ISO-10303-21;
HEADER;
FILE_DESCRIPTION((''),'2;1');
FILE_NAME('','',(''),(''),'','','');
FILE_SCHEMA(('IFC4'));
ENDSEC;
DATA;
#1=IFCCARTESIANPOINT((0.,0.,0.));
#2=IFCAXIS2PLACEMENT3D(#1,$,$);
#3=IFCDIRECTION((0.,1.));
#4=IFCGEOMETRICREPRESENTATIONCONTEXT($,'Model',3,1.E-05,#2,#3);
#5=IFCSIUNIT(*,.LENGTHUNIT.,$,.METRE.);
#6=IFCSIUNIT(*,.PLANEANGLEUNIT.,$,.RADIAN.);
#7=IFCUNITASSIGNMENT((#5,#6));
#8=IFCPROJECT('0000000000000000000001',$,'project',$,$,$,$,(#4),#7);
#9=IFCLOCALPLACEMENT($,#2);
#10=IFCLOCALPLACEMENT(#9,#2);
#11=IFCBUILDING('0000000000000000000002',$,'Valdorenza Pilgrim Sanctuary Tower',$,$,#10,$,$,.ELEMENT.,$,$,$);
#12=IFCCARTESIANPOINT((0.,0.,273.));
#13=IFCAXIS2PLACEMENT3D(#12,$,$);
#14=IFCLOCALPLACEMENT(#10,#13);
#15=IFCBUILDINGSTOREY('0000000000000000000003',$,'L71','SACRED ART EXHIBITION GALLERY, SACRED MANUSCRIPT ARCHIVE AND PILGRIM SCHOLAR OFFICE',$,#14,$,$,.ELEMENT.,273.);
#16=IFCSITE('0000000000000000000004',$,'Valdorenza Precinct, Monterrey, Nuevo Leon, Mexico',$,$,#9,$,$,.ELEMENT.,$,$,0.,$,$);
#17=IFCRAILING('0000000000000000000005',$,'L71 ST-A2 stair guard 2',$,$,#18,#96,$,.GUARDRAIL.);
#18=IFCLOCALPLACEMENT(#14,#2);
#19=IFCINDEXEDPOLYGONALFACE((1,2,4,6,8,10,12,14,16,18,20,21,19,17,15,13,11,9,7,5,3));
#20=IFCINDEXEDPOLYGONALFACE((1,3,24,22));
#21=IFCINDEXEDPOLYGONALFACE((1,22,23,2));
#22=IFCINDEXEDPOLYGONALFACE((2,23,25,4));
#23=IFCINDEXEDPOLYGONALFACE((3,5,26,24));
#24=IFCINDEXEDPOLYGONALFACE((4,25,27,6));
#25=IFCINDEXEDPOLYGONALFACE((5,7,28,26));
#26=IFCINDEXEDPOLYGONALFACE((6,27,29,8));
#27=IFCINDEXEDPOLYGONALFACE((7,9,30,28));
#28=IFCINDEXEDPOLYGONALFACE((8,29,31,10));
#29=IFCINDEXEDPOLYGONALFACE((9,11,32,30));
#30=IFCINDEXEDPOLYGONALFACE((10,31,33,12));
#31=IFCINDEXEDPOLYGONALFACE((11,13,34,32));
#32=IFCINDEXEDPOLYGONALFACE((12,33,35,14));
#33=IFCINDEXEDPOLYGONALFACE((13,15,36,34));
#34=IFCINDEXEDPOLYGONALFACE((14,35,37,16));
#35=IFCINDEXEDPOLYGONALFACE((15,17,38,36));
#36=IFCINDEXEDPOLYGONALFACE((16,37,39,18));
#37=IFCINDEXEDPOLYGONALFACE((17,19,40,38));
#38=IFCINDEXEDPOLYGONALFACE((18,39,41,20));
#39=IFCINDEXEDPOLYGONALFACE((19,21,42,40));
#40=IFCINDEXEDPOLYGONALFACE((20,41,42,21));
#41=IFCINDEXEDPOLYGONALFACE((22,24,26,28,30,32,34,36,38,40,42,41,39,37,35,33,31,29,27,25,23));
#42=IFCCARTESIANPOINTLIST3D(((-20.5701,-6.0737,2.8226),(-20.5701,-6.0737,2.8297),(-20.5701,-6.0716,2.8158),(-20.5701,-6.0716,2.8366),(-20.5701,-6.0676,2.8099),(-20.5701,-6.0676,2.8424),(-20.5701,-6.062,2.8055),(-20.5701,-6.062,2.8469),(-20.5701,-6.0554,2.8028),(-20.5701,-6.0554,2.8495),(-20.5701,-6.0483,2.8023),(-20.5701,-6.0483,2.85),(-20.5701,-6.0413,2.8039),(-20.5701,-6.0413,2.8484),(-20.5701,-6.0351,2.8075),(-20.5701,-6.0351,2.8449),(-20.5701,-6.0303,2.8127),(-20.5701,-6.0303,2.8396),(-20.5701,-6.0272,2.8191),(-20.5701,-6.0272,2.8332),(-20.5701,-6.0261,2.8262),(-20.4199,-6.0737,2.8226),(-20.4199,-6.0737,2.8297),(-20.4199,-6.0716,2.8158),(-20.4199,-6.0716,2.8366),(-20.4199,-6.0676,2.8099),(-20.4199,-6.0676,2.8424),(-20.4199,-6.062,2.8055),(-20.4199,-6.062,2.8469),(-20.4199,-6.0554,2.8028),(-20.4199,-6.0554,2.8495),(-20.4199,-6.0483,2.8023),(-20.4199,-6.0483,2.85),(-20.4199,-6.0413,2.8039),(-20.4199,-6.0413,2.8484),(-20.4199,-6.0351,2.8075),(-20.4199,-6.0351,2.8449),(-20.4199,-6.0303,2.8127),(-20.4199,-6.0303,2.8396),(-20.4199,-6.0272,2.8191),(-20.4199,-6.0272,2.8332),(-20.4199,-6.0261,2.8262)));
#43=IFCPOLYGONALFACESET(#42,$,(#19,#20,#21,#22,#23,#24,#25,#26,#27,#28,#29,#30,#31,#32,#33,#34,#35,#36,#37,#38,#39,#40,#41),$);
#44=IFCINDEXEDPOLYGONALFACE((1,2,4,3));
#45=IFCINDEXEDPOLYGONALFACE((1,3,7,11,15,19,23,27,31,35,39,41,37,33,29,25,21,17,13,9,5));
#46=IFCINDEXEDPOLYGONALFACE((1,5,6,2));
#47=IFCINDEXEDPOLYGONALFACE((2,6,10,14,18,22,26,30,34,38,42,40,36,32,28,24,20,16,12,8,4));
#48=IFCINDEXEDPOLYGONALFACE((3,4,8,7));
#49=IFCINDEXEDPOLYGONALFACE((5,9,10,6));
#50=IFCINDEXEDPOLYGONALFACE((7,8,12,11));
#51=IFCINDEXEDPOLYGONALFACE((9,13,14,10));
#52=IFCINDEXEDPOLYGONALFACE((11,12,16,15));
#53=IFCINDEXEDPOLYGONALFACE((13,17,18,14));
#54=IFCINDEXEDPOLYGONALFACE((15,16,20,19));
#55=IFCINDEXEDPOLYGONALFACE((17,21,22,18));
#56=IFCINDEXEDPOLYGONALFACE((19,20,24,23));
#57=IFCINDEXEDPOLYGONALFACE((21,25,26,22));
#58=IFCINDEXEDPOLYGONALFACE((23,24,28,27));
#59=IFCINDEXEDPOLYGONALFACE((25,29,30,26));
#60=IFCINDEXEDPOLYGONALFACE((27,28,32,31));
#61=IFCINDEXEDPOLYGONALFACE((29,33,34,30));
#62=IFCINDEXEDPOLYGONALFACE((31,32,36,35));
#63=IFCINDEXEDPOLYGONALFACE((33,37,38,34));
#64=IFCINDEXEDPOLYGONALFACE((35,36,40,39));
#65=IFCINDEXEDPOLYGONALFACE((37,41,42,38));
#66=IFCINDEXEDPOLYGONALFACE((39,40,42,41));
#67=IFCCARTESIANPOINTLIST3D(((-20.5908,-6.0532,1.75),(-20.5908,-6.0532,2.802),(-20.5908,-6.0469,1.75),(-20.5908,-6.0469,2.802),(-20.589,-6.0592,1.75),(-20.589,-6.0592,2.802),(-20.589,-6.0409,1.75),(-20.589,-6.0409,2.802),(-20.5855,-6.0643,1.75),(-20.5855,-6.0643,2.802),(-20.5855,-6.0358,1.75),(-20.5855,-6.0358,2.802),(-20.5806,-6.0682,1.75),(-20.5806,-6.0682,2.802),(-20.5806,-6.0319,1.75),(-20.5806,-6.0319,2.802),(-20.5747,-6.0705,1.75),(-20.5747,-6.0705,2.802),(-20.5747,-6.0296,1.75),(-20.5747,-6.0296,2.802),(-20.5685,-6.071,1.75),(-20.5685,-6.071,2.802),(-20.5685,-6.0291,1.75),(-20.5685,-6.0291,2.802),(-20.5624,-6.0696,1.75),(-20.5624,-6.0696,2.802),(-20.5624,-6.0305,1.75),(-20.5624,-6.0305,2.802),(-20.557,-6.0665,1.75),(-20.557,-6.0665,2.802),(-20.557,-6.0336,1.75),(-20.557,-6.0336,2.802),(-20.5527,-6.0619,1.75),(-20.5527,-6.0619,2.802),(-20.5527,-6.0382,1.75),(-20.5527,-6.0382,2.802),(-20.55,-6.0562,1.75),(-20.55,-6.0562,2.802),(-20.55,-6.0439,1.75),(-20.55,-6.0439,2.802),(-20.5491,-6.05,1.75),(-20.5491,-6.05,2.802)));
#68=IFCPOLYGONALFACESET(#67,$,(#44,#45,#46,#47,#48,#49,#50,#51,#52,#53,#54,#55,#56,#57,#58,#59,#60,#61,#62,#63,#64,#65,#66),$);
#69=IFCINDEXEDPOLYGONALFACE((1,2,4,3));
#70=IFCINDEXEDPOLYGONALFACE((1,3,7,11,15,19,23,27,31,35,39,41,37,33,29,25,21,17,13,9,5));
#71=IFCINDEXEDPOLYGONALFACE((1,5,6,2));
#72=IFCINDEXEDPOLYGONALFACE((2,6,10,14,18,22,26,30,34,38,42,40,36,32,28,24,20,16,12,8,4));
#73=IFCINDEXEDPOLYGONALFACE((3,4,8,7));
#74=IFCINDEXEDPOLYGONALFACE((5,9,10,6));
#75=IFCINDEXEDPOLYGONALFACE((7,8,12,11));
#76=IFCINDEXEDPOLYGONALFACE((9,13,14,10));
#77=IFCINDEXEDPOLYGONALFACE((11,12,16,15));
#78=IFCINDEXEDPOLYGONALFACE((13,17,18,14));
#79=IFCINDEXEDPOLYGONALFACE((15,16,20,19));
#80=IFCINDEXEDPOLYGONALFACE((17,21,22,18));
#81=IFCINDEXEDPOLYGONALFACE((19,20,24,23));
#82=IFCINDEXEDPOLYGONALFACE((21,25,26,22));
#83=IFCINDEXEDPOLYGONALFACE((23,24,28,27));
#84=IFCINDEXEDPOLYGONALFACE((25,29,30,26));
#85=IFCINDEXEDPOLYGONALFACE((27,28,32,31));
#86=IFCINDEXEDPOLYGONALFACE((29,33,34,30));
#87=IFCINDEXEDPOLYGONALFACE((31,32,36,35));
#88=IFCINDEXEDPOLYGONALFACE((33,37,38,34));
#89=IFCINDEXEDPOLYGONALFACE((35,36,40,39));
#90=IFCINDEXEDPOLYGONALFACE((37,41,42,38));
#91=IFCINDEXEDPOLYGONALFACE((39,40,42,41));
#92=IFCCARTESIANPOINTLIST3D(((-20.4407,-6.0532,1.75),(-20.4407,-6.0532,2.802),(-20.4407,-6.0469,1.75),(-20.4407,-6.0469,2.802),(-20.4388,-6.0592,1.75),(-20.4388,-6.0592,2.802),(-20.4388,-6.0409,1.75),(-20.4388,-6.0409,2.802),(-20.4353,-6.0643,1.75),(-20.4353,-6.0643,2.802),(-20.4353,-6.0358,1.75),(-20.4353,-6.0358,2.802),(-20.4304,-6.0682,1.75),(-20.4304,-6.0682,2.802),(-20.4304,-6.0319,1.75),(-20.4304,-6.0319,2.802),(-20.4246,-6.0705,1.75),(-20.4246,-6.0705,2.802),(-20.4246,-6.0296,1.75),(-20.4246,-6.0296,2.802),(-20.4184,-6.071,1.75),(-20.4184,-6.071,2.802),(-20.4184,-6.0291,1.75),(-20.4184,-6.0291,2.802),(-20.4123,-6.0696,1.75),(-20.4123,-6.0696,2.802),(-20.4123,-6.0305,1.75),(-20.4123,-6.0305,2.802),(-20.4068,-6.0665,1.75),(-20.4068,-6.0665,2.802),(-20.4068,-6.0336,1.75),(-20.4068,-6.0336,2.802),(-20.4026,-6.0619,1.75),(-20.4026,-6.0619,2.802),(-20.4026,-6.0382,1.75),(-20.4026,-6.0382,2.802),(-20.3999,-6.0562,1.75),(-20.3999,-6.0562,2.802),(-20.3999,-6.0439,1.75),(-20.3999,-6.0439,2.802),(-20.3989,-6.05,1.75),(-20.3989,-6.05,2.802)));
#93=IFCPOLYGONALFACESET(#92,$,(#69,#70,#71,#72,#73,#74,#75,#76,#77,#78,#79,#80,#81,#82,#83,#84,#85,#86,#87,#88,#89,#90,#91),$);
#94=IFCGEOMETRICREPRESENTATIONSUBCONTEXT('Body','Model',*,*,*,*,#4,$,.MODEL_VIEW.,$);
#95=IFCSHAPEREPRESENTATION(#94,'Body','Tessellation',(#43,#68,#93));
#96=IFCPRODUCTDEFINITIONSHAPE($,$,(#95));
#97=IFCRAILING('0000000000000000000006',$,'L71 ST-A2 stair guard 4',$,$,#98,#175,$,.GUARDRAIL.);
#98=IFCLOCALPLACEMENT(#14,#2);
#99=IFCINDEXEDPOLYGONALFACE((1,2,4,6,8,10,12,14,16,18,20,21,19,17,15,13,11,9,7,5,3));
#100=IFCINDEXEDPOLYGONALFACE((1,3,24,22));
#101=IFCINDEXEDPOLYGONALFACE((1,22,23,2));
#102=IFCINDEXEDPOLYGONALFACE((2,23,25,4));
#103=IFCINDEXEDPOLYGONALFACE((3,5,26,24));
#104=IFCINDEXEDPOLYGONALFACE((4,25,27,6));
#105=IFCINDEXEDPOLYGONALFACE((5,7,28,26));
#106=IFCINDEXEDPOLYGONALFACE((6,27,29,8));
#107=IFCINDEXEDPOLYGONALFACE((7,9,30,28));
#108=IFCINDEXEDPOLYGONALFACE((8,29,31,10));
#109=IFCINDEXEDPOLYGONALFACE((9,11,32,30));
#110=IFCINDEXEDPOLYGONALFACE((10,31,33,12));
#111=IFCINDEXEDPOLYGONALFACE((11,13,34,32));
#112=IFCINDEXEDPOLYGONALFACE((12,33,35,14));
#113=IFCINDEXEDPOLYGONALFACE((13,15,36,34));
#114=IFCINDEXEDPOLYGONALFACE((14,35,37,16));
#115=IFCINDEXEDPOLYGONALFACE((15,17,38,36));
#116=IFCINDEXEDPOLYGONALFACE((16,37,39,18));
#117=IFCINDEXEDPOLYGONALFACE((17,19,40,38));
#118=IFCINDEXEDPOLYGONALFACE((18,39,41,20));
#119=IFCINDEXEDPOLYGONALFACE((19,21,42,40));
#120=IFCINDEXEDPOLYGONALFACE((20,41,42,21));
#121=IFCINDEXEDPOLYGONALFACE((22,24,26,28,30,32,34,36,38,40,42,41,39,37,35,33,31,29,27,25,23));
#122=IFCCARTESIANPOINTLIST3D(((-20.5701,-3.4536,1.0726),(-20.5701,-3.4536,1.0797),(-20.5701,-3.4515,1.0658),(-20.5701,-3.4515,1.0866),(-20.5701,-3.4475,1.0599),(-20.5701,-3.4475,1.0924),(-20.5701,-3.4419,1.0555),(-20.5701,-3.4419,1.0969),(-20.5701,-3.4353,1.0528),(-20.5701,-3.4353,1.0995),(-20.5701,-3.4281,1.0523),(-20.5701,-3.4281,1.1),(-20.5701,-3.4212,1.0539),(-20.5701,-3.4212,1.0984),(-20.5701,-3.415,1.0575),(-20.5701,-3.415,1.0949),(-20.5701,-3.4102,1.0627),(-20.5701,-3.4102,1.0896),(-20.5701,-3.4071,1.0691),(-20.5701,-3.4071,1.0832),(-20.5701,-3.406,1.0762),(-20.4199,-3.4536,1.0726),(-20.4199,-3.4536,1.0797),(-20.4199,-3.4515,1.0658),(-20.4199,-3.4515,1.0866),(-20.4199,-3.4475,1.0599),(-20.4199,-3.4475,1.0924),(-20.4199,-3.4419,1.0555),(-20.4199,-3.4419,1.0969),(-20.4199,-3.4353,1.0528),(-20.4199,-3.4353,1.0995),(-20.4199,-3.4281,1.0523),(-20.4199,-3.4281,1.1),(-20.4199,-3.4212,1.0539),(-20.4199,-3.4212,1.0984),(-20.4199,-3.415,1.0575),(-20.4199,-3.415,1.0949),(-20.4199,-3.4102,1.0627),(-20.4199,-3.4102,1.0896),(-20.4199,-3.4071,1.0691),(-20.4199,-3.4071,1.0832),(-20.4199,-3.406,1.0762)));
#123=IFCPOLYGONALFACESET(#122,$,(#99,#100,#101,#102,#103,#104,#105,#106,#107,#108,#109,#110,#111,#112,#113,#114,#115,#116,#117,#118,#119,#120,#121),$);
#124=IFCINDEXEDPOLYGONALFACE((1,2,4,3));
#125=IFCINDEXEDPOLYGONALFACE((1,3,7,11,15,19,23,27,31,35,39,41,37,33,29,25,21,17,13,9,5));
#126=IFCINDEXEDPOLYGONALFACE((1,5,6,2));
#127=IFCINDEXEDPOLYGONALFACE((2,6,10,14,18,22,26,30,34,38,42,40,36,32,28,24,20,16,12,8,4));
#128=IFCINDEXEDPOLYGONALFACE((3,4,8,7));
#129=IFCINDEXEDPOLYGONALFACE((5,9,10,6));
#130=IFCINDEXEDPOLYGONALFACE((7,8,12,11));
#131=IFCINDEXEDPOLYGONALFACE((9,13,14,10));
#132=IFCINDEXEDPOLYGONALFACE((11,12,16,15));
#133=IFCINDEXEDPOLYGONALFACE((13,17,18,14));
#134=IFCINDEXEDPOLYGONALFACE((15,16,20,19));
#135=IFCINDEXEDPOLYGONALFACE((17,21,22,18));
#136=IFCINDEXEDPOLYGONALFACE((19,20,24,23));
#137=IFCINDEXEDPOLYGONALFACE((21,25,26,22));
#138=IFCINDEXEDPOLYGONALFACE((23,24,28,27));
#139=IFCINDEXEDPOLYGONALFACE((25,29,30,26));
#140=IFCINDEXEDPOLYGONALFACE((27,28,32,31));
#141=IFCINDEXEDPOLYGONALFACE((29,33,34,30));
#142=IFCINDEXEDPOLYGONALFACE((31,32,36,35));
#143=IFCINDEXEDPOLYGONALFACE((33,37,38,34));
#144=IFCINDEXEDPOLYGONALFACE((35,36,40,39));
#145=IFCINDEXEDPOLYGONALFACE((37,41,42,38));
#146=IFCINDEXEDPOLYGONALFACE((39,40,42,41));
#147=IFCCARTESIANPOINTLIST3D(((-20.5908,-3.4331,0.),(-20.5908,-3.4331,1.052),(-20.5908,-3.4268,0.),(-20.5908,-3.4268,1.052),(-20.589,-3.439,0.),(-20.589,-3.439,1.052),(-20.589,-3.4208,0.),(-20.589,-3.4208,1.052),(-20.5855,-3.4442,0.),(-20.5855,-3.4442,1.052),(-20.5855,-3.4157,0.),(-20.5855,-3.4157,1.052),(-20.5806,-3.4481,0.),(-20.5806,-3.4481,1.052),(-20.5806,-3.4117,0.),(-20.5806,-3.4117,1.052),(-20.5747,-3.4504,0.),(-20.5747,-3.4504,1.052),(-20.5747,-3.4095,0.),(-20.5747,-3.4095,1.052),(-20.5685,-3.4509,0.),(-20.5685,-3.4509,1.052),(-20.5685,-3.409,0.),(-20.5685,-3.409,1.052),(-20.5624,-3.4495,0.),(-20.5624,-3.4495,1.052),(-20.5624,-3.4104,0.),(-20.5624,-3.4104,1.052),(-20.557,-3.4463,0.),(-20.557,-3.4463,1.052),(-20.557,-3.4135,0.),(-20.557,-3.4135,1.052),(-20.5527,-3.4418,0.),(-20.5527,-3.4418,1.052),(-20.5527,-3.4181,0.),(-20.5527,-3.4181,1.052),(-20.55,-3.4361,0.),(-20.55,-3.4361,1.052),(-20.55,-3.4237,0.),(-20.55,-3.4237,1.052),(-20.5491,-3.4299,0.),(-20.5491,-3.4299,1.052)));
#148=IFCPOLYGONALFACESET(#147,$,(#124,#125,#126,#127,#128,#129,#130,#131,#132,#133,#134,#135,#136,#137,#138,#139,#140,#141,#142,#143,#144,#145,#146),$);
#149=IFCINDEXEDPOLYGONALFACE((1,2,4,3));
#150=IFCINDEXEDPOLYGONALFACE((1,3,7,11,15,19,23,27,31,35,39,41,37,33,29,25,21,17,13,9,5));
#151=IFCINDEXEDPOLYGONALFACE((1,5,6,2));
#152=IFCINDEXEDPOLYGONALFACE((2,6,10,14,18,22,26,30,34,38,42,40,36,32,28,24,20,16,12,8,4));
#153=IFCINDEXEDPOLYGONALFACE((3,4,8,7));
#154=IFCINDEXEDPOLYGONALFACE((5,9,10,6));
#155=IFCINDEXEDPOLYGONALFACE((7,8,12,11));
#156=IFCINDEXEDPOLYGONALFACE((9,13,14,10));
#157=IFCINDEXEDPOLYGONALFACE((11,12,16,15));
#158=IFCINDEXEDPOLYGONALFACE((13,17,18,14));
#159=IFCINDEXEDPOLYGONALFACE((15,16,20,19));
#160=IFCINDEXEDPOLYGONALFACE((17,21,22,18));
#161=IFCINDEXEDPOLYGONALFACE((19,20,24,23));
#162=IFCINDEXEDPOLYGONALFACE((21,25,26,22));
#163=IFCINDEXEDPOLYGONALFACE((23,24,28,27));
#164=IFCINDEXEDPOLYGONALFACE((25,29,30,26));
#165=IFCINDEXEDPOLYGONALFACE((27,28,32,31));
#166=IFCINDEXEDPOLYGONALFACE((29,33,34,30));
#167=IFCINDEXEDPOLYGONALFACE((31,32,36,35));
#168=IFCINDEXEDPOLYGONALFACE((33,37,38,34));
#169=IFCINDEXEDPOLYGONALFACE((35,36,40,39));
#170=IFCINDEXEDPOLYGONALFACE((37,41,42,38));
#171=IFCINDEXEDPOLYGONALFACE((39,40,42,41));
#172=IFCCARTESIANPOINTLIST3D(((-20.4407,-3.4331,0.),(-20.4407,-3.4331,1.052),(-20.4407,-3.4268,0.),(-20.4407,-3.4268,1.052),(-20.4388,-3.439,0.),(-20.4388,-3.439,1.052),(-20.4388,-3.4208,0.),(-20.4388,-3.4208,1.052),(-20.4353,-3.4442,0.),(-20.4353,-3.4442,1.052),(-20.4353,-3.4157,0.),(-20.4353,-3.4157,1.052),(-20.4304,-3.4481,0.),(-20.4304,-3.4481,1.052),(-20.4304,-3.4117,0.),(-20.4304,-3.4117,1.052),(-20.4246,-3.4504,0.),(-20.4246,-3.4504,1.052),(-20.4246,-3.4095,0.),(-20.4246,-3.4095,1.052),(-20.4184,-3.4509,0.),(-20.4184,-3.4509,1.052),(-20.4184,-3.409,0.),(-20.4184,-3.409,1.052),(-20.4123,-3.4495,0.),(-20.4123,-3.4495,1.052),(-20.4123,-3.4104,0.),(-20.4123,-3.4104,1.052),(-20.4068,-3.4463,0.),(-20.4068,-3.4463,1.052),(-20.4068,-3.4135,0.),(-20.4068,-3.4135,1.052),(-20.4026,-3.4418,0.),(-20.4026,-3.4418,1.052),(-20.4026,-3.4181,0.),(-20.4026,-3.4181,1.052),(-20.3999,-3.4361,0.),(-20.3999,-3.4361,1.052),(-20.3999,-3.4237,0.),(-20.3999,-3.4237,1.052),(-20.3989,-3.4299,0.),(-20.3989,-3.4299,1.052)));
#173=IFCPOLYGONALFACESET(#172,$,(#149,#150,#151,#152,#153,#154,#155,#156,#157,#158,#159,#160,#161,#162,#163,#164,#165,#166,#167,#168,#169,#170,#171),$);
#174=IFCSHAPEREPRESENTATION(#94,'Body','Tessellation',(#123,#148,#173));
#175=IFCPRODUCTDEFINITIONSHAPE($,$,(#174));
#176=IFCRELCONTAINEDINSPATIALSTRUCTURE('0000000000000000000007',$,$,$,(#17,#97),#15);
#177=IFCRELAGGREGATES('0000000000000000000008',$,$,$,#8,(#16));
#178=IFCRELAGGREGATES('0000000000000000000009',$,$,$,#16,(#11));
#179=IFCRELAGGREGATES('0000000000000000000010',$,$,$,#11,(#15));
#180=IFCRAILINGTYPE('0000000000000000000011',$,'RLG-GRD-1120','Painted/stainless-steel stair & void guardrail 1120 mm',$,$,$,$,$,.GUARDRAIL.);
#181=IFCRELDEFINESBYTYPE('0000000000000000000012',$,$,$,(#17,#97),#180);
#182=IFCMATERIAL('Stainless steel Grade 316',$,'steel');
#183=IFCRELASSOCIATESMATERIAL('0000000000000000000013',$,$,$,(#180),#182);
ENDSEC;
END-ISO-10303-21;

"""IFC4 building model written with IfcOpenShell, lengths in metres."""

from ifc_helpers import new_model, si_unit, direction, frame, origin, origin_2d, place, context, subcontext, project, spatial, circle, extrude, material, type_object, element, save


model = new_model("IFC4")

# Units and contexts
model_context = context("Model", 3, precision=1e-05, world=origin(), true_north=direction((0.0, 1.0)))
body_context = subcontext(model_context, "Body", "Model", "MODEL_VIEW")
ifc_project = project(units=[si_unit("LENGTHUNIT", "METRE"), si_unit("PLANEANGLEUNIT", "RADIAN")], contexts=[model_context])

# Site, building, storey
site_placement = place(None, origin())
site = spatial("IfcSite", under=ifc_project, at=site_placement, Name="Valdorenza Precinct, Monterrey, Nuevo Leon, Mexico", CompositionType="ELEMENT", RefElevation=0.0)
building_placement = place(site_placement, origin())
building = spatial("IfcBuilding", under=site, at=building_placement, Name="Valdorenza Pilgrim Sanctuary Tower", CompositionType="ELEMENT")
storey_placement = place(building_placement, frame((0.0, 0.0, 273.0)))
storey = spatial("IfcBuildingStorey", under=building, at=storey_placement, Name="L71", Description="SACRED ART EXHIBITION GALLERY, SACRED MANUSCRIPT ARCHIVE AND PILGRIM SCHOLAR OFFICE", CompositionType="ELEMENT", Elevation=273.0)

# Railings
ifc_material_1 = material(Name="Stainless steel Grade 316", Category="steel")
railing_type_1 = type_object("IfcRailingType", Name="RLG-GRD-1120", Description="Painted/stainless-steel stair & void guardrail 1120 mm", PredefinedType="GUARDRAIL", material=ifc_material_1)
for number, where, name in (
    (1, (-20.5701, -6.05, 1.75), "L71 ST-A2 stair guard 2"),
    (2, (-20.5701, -3.4299, 0.0), "L71 ST-A2 stair guard 4"),
):
    element("IfcRailing", number, at=place(storey_placement, frame(where)), inside=storey, type_object=railing_type_1, Name=name, PredefinedType="GUARDRAIL", context=body_context, shape_type="SweptSolid", body=[
        extrude(circle(Radius=0.0239, at=origin_2d()), frame((0.0, 0.0, 1.0762), z_axis=(1.0, 0.0, 0.0), x_axis=(0.0, 1.0, 0.0)), (0.0, 0.0, 1.0), 0.1501),
        extrude(circle(Radius=0.021, at=origin_2d()), origin(), (0.0, 0.0, 1.0), 1.052),
        extrude(circle(Radius=0.021, at=origin_2d()), frame((0.1501, 0.0, 0.0)), (0.0, 0.0, 1.0), 1.052),
    ])

save(model, "model.ifc")
